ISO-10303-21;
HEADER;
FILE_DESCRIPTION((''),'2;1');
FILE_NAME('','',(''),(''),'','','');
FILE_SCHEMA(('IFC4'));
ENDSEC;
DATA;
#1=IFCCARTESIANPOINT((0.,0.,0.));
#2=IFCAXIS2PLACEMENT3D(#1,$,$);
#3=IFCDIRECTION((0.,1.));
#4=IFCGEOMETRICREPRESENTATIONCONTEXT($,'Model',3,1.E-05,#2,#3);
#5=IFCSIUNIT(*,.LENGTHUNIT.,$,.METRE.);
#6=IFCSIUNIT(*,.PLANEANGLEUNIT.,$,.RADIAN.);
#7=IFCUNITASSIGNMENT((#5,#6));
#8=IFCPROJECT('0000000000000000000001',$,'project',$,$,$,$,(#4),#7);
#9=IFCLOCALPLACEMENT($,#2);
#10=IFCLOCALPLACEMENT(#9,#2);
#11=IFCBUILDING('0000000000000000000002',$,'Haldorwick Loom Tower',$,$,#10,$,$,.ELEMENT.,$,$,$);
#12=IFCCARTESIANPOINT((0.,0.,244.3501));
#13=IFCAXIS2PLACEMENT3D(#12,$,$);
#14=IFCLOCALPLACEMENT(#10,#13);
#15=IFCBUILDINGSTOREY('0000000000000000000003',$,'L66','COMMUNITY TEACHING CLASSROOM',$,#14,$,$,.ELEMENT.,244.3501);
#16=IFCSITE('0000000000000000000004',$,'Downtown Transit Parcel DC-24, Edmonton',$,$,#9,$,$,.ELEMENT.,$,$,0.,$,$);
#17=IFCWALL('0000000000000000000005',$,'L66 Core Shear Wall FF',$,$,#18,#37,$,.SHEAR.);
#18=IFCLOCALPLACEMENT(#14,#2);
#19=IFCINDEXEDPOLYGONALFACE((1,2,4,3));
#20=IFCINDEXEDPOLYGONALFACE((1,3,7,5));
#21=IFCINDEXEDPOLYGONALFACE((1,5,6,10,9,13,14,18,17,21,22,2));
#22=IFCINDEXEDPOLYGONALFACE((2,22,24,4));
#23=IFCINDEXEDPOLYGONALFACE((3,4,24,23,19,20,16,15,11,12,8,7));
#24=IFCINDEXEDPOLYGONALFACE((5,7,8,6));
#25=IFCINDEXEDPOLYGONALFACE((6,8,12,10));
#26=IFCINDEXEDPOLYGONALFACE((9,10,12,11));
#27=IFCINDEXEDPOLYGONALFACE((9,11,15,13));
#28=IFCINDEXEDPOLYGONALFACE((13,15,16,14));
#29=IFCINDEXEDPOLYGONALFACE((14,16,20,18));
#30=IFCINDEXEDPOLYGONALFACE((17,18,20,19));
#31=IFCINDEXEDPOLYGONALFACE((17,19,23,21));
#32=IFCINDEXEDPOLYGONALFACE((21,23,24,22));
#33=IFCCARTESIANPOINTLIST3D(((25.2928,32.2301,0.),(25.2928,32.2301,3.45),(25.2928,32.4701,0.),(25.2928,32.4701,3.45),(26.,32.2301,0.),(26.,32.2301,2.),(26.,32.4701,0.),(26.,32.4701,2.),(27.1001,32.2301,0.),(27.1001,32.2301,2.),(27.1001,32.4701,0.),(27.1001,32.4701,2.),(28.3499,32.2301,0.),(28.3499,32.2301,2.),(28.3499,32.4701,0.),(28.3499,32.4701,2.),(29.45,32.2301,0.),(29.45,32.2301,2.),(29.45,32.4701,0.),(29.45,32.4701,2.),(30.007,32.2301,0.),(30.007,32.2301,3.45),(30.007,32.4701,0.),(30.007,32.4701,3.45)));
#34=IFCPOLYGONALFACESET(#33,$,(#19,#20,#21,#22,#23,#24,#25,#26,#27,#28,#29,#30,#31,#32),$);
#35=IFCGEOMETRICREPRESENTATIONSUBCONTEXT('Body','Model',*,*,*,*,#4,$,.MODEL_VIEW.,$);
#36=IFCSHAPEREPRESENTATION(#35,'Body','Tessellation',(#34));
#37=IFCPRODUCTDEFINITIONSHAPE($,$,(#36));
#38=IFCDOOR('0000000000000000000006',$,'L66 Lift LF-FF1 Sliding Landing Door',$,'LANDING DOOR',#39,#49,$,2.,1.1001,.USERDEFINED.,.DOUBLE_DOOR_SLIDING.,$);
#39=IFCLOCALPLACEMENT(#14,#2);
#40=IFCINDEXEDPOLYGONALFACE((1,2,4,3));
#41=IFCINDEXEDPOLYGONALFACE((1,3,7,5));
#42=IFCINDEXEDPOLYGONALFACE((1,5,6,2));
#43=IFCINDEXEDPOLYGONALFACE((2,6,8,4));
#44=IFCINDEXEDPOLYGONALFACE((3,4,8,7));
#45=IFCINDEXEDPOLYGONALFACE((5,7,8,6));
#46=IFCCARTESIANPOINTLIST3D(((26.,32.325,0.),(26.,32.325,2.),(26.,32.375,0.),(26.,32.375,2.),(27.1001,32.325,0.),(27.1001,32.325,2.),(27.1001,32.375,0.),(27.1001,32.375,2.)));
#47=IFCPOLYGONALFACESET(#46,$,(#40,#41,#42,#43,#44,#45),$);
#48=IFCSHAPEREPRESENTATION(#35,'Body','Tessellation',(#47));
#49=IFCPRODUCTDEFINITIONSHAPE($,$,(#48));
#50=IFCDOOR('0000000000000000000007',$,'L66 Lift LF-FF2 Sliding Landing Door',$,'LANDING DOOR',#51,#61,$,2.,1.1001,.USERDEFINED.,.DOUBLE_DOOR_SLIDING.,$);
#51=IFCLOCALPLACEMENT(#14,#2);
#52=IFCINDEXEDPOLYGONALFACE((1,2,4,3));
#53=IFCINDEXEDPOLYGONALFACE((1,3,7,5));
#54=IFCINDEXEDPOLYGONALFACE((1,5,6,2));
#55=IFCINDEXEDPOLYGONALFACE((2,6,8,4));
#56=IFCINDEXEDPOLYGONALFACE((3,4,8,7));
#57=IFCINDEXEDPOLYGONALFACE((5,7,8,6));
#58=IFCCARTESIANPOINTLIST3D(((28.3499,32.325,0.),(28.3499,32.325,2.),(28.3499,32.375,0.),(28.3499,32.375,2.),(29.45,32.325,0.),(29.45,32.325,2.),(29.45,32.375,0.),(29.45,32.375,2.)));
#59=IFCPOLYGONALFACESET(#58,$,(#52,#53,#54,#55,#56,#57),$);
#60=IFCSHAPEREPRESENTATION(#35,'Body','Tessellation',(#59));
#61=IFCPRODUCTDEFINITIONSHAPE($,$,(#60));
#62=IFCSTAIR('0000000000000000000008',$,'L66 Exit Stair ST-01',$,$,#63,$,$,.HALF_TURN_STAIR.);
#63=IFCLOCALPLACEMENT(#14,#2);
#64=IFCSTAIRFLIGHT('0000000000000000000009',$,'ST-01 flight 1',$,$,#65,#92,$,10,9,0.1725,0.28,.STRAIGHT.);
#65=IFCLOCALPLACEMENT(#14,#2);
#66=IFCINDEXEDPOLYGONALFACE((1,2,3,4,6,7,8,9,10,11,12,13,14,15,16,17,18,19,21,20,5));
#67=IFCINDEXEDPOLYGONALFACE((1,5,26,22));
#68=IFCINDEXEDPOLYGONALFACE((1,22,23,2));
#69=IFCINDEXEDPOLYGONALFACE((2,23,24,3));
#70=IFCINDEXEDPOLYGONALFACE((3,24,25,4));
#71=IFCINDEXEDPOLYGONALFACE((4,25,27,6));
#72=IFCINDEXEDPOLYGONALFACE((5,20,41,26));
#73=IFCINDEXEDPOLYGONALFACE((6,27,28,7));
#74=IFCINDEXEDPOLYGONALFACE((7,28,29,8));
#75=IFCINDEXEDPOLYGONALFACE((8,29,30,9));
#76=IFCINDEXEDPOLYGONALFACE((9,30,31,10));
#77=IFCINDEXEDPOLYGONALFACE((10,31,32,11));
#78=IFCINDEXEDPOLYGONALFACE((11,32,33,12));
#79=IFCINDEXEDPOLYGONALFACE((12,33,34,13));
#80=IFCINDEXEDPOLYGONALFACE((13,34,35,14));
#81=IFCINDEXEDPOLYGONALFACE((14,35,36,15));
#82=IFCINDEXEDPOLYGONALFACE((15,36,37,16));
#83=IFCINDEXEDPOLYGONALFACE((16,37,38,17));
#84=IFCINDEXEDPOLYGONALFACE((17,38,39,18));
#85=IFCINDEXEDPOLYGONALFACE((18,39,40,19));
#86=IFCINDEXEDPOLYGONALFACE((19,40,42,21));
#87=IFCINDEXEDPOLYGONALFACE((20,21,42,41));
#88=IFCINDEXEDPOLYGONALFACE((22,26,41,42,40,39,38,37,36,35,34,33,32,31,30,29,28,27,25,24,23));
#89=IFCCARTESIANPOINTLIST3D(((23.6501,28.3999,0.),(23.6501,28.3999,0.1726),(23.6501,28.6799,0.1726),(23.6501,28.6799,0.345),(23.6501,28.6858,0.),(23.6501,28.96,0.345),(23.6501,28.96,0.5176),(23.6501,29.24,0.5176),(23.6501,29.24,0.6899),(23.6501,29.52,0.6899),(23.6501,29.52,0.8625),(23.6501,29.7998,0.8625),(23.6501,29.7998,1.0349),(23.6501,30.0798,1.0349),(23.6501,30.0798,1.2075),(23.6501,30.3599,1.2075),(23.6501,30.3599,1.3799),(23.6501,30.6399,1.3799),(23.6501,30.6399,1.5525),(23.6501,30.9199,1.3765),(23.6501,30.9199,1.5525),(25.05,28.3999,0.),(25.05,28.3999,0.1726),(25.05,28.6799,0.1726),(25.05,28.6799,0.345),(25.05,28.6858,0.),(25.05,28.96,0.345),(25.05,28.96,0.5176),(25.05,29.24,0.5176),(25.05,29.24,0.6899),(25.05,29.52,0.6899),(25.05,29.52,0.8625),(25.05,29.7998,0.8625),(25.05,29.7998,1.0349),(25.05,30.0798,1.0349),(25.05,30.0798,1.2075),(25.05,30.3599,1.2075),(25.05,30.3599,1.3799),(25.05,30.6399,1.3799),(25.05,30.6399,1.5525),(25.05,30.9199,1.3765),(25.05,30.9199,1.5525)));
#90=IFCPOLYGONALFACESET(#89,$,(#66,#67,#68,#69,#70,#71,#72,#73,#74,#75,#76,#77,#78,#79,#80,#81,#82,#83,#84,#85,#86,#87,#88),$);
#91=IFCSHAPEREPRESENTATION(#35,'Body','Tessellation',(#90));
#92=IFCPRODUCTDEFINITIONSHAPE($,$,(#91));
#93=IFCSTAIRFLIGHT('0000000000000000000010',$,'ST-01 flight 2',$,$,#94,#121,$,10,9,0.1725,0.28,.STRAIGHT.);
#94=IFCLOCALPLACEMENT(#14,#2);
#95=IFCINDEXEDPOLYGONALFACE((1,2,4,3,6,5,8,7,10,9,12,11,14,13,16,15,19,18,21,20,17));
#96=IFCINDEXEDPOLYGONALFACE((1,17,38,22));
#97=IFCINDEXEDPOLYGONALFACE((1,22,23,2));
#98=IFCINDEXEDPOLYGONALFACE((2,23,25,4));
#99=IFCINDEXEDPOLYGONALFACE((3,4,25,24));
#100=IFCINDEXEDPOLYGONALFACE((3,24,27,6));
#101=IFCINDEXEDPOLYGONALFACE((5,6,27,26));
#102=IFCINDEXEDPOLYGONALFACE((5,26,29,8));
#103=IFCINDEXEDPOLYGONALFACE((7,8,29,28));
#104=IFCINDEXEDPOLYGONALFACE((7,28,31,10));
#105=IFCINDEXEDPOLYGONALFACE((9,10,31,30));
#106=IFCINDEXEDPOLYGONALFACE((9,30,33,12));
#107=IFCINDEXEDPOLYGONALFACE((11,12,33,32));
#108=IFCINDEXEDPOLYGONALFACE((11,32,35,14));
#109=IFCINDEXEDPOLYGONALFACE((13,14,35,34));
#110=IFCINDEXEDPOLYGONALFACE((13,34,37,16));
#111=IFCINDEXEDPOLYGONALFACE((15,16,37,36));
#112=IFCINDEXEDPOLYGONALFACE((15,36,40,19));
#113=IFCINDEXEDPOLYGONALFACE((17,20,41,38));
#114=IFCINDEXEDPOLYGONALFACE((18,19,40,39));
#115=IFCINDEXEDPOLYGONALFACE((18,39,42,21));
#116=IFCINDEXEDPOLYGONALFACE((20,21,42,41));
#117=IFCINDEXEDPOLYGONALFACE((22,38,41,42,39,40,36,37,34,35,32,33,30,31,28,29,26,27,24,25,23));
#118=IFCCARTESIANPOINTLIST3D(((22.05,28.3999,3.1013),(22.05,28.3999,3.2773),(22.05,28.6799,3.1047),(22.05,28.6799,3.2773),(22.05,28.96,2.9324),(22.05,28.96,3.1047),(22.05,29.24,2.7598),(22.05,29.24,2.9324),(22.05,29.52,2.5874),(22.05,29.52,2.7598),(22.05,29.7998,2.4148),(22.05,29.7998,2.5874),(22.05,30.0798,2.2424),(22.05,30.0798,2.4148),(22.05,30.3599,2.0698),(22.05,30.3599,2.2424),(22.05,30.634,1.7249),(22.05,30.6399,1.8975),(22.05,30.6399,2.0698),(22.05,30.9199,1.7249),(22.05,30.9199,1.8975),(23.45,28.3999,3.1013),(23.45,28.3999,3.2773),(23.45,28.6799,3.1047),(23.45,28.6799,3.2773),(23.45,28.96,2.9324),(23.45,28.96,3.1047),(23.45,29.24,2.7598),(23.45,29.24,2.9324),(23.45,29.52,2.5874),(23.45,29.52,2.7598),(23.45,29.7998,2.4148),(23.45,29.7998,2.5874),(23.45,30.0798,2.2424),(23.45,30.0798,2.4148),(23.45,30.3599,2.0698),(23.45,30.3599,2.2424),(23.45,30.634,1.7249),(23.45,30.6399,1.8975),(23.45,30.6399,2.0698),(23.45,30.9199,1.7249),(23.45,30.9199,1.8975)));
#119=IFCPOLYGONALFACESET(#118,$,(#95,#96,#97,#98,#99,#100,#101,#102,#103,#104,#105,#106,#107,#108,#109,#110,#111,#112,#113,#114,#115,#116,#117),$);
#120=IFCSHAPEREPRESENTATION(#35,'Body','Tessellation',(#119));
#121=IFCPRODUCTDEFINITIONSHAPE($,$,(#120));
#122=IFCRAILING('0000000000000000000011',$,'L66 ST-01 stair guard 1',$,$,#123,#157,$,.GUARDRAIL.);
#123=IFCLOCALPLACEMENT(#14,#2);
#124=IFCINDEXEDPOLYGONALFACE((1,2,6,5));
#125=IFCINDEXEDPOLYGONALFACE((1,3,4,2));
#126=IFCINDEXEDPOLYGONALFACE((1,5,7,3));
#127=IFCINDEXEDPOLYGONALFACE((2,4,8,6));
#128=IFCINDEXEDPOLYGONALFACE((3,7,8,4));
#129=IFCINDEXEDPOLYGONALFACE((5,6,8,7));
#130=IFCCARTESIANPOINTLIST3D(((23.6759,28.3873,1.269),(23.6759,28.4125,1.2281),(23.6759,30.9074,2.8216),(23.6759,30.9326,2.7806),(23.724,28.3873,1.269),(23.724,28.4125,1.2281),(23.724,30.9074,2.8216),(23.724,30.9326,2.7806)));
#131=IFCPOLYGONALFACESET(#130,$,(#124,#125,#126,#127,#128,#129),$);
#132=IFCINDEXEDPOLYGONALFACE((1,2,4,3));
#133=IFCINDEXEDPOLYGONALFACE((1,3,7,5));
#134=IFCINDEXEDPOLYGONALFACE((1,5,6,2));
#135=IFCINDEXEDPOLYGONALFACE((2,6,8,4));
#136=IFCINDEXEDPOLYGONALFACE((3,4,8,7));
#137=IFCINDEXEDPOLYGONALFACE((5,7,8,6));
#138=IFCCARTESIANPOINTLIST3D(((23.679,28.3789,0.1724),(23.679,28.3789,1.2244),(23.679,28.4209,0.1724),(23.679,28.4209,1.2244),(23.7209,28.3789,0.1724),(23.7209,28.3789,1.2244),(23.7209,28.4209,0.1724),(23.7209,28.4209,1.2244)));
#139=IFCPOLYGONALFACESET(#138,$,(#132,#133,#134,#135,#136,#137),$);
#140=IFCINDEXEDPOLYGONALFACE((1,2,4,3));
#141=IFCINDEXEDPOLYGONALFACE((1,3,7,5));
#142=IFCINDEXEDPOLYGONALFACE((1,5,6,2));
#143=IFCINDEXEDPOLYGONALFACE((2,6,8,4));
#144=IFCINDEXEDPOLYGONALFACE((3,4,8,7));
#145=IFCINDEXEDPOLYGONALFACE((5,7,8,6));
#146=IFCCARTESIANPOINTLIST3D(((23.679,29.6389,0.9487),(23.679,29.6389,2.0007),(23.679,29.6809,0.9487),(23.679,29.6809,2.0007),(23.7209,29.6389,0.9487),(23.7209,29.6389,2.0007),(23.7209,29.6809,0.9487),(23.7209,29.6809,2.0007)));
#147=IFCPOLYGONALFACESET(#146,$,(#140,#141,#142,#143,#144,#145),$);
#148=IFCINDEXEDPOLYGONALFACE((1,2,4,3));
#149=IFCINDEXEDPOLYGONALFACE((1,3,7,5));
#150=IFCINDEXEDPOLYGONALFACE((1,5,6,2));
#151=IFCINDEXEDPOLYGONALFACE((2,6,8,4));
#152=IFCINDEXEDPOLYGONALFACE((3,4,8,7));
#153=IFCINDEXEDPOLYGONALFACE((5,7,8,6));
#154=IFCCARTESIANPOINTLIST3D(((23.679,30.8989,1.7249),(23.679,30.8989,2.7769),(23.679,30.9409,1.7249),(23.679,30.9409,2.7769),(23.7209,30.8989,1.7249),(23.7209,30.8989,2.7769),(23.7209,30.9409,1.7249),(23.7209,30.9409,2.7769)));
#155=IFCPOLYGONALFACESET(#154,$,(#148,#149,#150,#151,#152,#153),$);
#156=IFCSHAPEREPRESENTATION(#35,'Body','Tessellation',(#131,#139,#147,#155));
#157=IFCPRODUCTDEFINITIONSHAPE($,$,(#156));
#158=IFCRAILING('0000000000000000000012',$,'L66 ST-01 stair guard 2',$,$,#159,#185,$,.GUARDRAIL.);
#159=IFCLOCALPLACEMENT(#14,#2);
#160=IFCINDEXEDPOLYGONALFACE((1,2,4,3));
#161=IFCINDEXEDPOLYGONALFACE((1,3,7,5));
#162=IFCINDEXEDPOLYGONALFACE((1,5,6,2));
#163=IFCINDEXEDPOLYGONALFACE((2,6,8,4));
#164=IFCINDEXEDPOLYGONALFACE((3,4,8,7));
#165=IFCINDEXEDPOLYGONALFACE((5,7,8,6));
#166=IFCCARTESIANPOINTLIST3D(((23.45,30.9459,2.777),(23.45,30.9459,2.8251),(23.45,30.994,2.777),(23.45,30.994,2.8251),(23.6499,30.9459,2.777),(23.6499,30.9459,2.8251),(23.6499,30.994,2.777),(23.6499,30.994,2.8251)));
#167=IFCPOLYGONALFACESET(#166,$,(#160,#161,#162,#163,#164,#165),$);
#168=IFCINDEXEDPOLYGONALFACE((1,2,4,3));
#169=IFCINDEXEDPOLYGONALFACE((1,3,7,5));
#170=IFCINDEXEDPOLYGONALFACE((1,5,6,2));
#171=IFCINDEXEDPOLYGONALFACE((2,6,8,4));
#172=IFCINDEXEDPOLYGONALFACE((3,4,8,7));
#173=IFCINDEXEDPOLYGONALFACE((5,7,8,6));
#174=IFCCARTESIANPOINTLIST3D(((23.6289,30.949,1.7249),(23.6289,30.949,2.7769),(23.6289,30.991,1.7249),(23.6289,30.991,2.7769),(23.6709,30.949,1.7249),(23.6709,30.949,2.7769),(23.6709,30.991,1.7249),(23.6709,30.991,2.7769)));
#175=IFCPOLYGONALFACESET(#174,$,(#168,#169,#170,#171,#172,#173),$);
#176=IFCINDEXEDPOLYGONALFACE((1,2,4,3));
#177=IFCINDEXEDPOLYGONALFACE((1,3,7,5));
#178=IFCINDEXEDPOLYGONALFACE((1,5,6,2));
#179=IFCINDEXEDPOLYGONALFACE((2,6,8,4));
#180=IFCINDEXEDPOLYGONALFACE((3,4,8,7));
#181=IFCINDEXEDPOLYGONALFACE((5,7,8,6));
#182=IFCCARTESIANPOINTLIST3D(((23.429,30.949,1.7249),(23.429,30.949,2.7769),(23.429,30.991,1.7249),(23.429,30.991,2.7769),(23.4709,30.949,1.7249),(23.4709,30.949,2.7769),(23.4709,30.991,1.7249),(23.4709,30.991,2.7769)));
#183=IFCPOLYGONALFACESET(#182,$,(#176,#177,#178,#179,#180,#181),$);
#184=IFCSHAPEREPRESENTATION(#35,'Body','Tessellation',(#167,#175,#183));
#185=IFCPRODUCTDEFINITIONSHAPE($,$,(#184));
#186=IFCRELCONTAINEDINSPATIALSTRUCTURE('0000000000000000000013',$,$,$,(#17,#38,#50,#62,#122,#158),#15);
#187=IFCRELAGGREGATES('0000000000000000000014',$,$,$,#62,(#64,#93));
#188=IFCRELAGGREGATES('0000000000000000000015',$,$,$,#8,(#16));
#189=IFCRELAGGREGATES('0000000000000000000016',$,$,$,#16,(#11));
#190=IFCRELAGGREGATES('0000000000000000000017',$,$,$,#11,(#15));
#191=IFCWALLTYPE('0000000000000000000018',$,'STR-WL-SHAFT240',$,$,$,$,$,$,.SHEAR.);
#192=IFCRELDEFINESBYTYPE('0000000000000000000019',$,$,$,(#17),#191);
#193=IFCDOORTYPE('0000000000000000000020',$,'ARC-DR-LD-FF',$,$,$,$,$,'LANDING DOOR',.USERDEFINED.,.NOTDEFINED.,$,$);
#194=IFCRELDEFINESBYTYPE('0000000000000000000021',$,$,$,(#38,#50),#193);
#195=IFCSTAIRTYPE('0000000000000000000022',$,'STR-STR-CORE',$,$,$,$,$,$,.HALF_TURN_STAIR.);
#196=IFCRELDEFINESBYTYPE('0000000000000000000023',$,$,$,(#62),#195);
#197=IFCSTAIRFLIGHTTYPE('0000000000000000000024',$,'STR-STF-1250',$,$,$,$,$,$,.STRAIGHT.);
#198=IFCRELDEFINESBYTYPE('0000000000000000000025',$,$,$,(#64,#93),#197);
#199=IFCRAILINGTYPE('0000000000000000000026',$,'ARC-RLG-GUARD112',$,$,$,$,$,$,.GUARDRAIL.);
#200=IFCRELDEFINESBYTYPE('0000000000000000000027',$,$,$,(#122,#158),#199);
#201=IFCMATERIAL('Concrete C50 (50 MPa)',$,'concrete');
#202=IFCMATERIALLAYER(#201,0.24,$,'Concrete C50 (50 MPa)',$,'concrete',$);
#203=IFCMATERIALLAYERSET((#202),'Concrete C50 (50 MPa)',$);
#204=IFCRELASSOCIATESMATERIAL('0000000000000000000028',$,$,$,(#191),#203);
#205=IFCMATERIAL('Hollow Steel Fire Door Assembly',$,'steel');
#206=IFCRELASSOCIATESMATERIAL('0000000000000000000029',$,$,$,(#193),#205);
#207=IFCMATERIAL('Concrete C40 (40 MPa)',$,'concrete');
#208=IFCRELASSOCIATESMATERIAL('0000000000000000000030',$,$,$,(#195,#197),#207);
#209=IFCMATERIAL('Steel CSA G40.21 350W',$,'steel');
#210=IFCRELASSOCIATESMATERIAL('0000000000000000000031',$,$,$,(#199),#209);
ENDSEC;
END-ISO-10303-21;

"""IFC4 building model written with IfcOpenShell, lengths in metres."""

from ifc_helpers import new_model, si_unit, direction, frame, frame_2d, origin, origin_2d, place, context, subcontext, project, spatial, polyline, rectangle, outline, extrude, material, layer, layer_set, type_object, element, fill, aggregate, save


model = new_model("IFC4")

# Units and contexts
model_context = context("Model", 3, precision=1e-05, world=origin(), true_north=direction((0.0, 1.0)))
body_context = subcontext(model_context, "Body", "Model", "MODEL_VIEW")
ifc_project = project(units=[si_unit("LENGTHUNIT", "METRE"), si_unit("PLANEANGLEUNIT", "RADIAN")], contexts=[model_context])

# Site, building, storey
site_placement = place(None, origin())
site = spatial("IfcSite", under=ifc_project, at=site_placement, Name="Downtown Transit Parcel DC-24, Edmonton", CompositionType="ELEMENT", RefElevation=0.0)
building_placement = place(site_placement, origin())
building = spatial("IfcBuilding", under=site, at=building_placement, Name="Haldorwick Loom Tower", CompositionType="ELEMENT")
storey_placement = place(building_placement, frame((0.0, 0.0, 244.3501)))
storey = spatial("IfcBuildingStorey", under=building, at=storey_placement, Name="L66", Description="COMMUNITY TEACHING CLASSROOM", CompositionType="ELEMENT", Elevation=244.3501)

# Shared definitions
ifc_material_1 = material(Name="Steel CSA G40.21 350W", Category="steel")

# Wall, openings, doors
ifc_material_2 = material(Name="Concrete C50 (50 MPa)", Category="concrete")
ifc_layer_1 = layer(ifc_material_2, 0.24, Name="Concrete C50 (50 MPa)", Category="concrete")
ifc_layer_set_1 = layer_set([ifc_layer_1], Name="Concrete C50 (50 MPa)")
wall_type_1 = type_object("IfcWallType", Name="STR-WL-SHAFT240", PredefinedType="SHEAR", material=ifc_layer_set_1)
wall_1_placement = place(storey_placement, frame((25.293, 32.3501, 0.0), z_axis=(0.0, 0.0, 1.0), x_axis=(1.0, 0.0, 0.0)))
wall_1 = element("IfcWall", 1, at=wall_1_placement, inside=storey, type_object=wall_type_1, Name="L66 Core Shear Wall FF", PredefinedType="SHEAR", context=body_context, shape_type="SweptSolid", body=[
    extrude(rectangle(XDim=4.7141, YDim=0.24, at=frame_2d((2.3569, 0.0))), origin(), (0.0, 0.0, 1.0), 3.45),
])
opening_1_placement = place(wall_1_placement, frame((0.707, 0.0, 0.0)))
opening_1 = element("IfcOpeningElement", 2, at=opening_1_placement, cuts=wall_1, PredefinedType="OPENING", context=body_context, shape_type="SweptSolid", body=[
    extrude(rectangle(XDim=1.1001, YDim=2.0, at=frame_2d((0.55, 1.0))), frame((0.0, 0.1299, 0.0), z_axis=(0.0, -1.0, 0.0), x_axis=(1.0, 0.0, 0.0)), (0.0, 0.0, 1.0), 0.26),
])
opening_2_placement = place(wall_1_placement, frame((3.0569, 0.0, 0.0)))
opening_2 = element("IfcOpeningElement", 3, at=opening_2_placement, cuts=wall_1, PredefinedType="OPENING", context=body_context, shape_type="SweptSolid", body=[
    extrude(rectangle(XDim=1.1001, YDim=2.0, at=frame_2d((0.55, 1.0))), frame((0.0, 0.1299, 0.0), z_axis=(0.0, -1.0, 0.0), x_axis=(1.0, 0.0, 0.0)), (0.0, 0.0, 1.0), 0.26),
])
ifc_material_3 = material(Name="Hollow Steel Fire Door Assembly", Category="steel")
door_type_1 = type_object("IfcDoorType", Name="ARC-DR-LD-FF", ElementType="LANDING DOOR", OperationType="NOTDEFINED", PredefinedType="USERDEFINED", material=ifc_material_3)
door_1_placement = place(opening_1_placement, origin())
door_1 = element("IfcDoor", 4, at=door_1_placement, inside=storey, type_object=door_type_1, Name="L66 Lift LF-FF1 Sliding Landing Door", ObjectType="LANDING DOOR", OperationType="DOUBLE_DOOR_SLIDING", OverallHeight=2.0, OverallWidth=1.1001, PredefinedType="USERDEFINED", context=body_context, shape_type="SweptSolid", body=[
    extrude(rectangle(XDim=1.1001, YDim=2.0, at=frame_2d((0.55, 1.0))), frame((0.0, 0.0249, 0.0), z_axis=(0.0, -1.0, 0.0), x_axis=(1.0, 0.0, 0.0)), (0.0, 0.0, 1.0), 0.05),
])
fill(opening_1, door_1)
door_2_placement = place(opening_2_placement, origin())
door_2 = element("IfcDoor", 5, at=door_2_placement, inside=storey, type_object=door_type_1, Name="L66 Lift LF-FF2 Sliding Landing Door", ObjectType="LANDING DOOR", OperationType="DOUBLE_DOOR_SLIDING", OverallHeight=2.0, OverallWidth=1.1001, PredefinedType="USERDEFINED", context=body_context, shape_type="SweptSolid", body=[
    extrude(rectangle(XDim=1.1001, YDim=2.0, at=frame_2d((0.55, 1.0))), frame((0.0, 0.0249, 0.0), z_axis=(0.0, -1.0, 0.0), x_axis=(1.0, 0.0, 0.0)), (0.0, 0.0, 1.0), 0.05),
])
fill(opening_2, door_2)

# Stair, stair flights
ifc_material_4 = material(Name="Concrete C40 (40 MPa)", Category="concrete")
stair_type = type_object("IfcStairType", Name="STR-STR-CORE", PredefinedType="HALF_TURN_STAIR", material=ifc_material_4)
stair_placement = place(storey_placement, origin())
stair = element("IfcStair", 6, at=stair_placement, inside=storey, type_object=stair_type, Name="L66 Exit Stair ST-01", PredefinedType="HALF_TURN_STAIR")
stair_flight_type = type_object("IfcStairFlightType", Name="STR-STF-1250", PredefinedType="STRAIGHT", material=ifc_material_4)
stair_flight_1_placement = place(storey_placement, frame((24.3501, 28.3999, 0.0), z_axis=(0.0, 0.0, 1.0), x_axis=(0.0, 1.0, 0.0)))
stair_flight_1 = element("IfcStairFlight", 7, at=stair_flight_1_placement, type_object=stair_flight_type, Name="ST-01 flight 1", NumberOfRisers=10, NumberOfTreads=9, PredefinedType="STRAIGHT", RiserHeight=0.1725, TreadLength=0.28, context=body_context, shape_type="SweptSolid", body=[
    extrude(outline(polyline([(0.0, 0.0), (0.0, 0.1726), (0.28, 0.1726), (0.28, 0.345), (0.5601, 0.345), (0.5601, 0.5176), (0.8401, 0.5176), (0.8401, 0.6899), (1.1201, 0.6899), (1.1201, 0.8625), (1.3999, 0.8625), (1.3999, 1.0349), (1.6799, 1.0349), (1.6799, 1.2075), (1.96, 1.2075), (1.96, 1.3799), (2.24, 1.3799), (2.24, 1.5525), (2.52, 1.5525), (2.52, 1.7251), (2.52, 1.3765), (0.2859, 0.0), (0.0, 0.0)])), frame((0.0, 0.7, 0.0), z_axis=(0.0, -1.0, 0.0), x_axis=(1.0, 0.0, 0.0)), (0.0, 0.0, 1.0), 1.3999),
])
stair_flight_2_placement = place(storey_placement, frame((22.75, 30.9199, 1.7249), z_axis=(0.0, 0.0, 1.0), x_axis=(0.0, -1.0, 0.0)))
stair_flight_2 = element("IfcStairFlight", 8, at=stair_flight_2_placement, type_object=stair_flight_type, Name="ST-01 flight 2", NumberOfRisers=10, NumberOfTreads=9, PredefinedType="STRAIGHT", RiserHeight=0.1725, TreadLength=0.28, context=body_context, shape_type="SweptSolid", body=[
    extrude(outline(polyline([(0.0, 0.0), (0.0, 0.1726), (0.28, 0.1726), (0.28, 0.345), (0.5601, 0.345), (0.5601, 0.5176), (0.8401, 0.5176), (0.8401, 0.6899), (1.1201, 0.6899), (1.1201, 0.8625), (1.3999, 0.8625), (1.3999, 1.0349), (1.6799, 1.0349), (1.6799, 1.2075), (1.96, 1.2075), (1.96, 1.3799), (2.24, 1.3799), (2.24, 1.5525), (2.52, 1.5525), (2.52, 1.7251), (2.52, 1.3765), (0.2859, 0.0), (0.0, 0.0)])), frame((0.0, 0.7, 0.0), z_axis=(0.0, -1.0, 0.0), x_axis=(1.0, 0.0, 0.0)), (0.0, 0.0, 1.0), 1.3999),
])
aggregate(stair, [stair_flight_1, stair_flight_2])

# Railings
railing_type_1 = type_object("IfcRailingType", Name="ARC-RLG-GUARD112", PredefinedType="GUARDRAIL", material=ifc_material_1)
railing_1_placement = place(storey_placement, frame((23.7, 28.3999, 0.1724)))
element("IfcRailing", 9, at=railing_1_placement, inside=storey, type_object=railing_type_1, Name="L66 ST-01 stair guard 1", PredefinedType="GUARDRAIL", context=body_context, shape_type="SweptSolid", body=[
    extrude(rectangle(XDim=0.0481, YDim=0.0481, at=origin_2d()), frame((0.0, 0.0, 1.0762), z_axis=(0.0, 0.8514, 0.524516), x_axis=(-1.0, 0.0, 0.0)), (0.0, 0.0, 1.0), 2.96),
    extrude(rectangle(XDim=0.042, YDim=0.042, at=origin_2d()), origin(), (0.0, 0.0, 1.0), 1.052),
    extrude(rectangle(XDim=0.042, YDim=0.042, at=origin_2d()), frame((0.0, 1.26, 0.7764)), (0.0, 0.0, 1.0), 1.052),
    extrude(rectangle(XDim=0.042, YDim=0.042, at=origin_2d()), frame((0.0, 2.52, 1.5525)), (0.0, 0.0, 1.0), 1.052),
])
railing_2_placement = place(storey_placement, frame((23.6499, 30.97, 1.7249)))
element("IfcRailing", 10, at=railing_2_placement, inside=storey, type_object=railing_type_1, Name="L66 ST-01 stair guard 2", PredefinedType="GUARDRAIL", context=body_context, shape_type="SweptSolid", body=[
    extrude(rectangle(XDim=0.0481, YDim=0.0481, at=origin_2d()), frame((0.0, 0.0, 1.0762), z_axis=(-1.0, 0.0, 0.0), x_axis=(0.0, -1.0, 0.0)), (0.0, 0.0, 1.0), 0.2),
    extrude(rectangle(XDim=0.042, YDim=0.042, at=origin_2d()), origin(), (0.0, 0.0, 1.0), 1.052),
    extrude(rectangle(XDim=0.042, YDim=0.042, at=origin_2d()), frame((-0.2, 0.0, 0.0)), (0.0, 0.0, 1.0), 1.052),
])

save(model, "model.ifc")
